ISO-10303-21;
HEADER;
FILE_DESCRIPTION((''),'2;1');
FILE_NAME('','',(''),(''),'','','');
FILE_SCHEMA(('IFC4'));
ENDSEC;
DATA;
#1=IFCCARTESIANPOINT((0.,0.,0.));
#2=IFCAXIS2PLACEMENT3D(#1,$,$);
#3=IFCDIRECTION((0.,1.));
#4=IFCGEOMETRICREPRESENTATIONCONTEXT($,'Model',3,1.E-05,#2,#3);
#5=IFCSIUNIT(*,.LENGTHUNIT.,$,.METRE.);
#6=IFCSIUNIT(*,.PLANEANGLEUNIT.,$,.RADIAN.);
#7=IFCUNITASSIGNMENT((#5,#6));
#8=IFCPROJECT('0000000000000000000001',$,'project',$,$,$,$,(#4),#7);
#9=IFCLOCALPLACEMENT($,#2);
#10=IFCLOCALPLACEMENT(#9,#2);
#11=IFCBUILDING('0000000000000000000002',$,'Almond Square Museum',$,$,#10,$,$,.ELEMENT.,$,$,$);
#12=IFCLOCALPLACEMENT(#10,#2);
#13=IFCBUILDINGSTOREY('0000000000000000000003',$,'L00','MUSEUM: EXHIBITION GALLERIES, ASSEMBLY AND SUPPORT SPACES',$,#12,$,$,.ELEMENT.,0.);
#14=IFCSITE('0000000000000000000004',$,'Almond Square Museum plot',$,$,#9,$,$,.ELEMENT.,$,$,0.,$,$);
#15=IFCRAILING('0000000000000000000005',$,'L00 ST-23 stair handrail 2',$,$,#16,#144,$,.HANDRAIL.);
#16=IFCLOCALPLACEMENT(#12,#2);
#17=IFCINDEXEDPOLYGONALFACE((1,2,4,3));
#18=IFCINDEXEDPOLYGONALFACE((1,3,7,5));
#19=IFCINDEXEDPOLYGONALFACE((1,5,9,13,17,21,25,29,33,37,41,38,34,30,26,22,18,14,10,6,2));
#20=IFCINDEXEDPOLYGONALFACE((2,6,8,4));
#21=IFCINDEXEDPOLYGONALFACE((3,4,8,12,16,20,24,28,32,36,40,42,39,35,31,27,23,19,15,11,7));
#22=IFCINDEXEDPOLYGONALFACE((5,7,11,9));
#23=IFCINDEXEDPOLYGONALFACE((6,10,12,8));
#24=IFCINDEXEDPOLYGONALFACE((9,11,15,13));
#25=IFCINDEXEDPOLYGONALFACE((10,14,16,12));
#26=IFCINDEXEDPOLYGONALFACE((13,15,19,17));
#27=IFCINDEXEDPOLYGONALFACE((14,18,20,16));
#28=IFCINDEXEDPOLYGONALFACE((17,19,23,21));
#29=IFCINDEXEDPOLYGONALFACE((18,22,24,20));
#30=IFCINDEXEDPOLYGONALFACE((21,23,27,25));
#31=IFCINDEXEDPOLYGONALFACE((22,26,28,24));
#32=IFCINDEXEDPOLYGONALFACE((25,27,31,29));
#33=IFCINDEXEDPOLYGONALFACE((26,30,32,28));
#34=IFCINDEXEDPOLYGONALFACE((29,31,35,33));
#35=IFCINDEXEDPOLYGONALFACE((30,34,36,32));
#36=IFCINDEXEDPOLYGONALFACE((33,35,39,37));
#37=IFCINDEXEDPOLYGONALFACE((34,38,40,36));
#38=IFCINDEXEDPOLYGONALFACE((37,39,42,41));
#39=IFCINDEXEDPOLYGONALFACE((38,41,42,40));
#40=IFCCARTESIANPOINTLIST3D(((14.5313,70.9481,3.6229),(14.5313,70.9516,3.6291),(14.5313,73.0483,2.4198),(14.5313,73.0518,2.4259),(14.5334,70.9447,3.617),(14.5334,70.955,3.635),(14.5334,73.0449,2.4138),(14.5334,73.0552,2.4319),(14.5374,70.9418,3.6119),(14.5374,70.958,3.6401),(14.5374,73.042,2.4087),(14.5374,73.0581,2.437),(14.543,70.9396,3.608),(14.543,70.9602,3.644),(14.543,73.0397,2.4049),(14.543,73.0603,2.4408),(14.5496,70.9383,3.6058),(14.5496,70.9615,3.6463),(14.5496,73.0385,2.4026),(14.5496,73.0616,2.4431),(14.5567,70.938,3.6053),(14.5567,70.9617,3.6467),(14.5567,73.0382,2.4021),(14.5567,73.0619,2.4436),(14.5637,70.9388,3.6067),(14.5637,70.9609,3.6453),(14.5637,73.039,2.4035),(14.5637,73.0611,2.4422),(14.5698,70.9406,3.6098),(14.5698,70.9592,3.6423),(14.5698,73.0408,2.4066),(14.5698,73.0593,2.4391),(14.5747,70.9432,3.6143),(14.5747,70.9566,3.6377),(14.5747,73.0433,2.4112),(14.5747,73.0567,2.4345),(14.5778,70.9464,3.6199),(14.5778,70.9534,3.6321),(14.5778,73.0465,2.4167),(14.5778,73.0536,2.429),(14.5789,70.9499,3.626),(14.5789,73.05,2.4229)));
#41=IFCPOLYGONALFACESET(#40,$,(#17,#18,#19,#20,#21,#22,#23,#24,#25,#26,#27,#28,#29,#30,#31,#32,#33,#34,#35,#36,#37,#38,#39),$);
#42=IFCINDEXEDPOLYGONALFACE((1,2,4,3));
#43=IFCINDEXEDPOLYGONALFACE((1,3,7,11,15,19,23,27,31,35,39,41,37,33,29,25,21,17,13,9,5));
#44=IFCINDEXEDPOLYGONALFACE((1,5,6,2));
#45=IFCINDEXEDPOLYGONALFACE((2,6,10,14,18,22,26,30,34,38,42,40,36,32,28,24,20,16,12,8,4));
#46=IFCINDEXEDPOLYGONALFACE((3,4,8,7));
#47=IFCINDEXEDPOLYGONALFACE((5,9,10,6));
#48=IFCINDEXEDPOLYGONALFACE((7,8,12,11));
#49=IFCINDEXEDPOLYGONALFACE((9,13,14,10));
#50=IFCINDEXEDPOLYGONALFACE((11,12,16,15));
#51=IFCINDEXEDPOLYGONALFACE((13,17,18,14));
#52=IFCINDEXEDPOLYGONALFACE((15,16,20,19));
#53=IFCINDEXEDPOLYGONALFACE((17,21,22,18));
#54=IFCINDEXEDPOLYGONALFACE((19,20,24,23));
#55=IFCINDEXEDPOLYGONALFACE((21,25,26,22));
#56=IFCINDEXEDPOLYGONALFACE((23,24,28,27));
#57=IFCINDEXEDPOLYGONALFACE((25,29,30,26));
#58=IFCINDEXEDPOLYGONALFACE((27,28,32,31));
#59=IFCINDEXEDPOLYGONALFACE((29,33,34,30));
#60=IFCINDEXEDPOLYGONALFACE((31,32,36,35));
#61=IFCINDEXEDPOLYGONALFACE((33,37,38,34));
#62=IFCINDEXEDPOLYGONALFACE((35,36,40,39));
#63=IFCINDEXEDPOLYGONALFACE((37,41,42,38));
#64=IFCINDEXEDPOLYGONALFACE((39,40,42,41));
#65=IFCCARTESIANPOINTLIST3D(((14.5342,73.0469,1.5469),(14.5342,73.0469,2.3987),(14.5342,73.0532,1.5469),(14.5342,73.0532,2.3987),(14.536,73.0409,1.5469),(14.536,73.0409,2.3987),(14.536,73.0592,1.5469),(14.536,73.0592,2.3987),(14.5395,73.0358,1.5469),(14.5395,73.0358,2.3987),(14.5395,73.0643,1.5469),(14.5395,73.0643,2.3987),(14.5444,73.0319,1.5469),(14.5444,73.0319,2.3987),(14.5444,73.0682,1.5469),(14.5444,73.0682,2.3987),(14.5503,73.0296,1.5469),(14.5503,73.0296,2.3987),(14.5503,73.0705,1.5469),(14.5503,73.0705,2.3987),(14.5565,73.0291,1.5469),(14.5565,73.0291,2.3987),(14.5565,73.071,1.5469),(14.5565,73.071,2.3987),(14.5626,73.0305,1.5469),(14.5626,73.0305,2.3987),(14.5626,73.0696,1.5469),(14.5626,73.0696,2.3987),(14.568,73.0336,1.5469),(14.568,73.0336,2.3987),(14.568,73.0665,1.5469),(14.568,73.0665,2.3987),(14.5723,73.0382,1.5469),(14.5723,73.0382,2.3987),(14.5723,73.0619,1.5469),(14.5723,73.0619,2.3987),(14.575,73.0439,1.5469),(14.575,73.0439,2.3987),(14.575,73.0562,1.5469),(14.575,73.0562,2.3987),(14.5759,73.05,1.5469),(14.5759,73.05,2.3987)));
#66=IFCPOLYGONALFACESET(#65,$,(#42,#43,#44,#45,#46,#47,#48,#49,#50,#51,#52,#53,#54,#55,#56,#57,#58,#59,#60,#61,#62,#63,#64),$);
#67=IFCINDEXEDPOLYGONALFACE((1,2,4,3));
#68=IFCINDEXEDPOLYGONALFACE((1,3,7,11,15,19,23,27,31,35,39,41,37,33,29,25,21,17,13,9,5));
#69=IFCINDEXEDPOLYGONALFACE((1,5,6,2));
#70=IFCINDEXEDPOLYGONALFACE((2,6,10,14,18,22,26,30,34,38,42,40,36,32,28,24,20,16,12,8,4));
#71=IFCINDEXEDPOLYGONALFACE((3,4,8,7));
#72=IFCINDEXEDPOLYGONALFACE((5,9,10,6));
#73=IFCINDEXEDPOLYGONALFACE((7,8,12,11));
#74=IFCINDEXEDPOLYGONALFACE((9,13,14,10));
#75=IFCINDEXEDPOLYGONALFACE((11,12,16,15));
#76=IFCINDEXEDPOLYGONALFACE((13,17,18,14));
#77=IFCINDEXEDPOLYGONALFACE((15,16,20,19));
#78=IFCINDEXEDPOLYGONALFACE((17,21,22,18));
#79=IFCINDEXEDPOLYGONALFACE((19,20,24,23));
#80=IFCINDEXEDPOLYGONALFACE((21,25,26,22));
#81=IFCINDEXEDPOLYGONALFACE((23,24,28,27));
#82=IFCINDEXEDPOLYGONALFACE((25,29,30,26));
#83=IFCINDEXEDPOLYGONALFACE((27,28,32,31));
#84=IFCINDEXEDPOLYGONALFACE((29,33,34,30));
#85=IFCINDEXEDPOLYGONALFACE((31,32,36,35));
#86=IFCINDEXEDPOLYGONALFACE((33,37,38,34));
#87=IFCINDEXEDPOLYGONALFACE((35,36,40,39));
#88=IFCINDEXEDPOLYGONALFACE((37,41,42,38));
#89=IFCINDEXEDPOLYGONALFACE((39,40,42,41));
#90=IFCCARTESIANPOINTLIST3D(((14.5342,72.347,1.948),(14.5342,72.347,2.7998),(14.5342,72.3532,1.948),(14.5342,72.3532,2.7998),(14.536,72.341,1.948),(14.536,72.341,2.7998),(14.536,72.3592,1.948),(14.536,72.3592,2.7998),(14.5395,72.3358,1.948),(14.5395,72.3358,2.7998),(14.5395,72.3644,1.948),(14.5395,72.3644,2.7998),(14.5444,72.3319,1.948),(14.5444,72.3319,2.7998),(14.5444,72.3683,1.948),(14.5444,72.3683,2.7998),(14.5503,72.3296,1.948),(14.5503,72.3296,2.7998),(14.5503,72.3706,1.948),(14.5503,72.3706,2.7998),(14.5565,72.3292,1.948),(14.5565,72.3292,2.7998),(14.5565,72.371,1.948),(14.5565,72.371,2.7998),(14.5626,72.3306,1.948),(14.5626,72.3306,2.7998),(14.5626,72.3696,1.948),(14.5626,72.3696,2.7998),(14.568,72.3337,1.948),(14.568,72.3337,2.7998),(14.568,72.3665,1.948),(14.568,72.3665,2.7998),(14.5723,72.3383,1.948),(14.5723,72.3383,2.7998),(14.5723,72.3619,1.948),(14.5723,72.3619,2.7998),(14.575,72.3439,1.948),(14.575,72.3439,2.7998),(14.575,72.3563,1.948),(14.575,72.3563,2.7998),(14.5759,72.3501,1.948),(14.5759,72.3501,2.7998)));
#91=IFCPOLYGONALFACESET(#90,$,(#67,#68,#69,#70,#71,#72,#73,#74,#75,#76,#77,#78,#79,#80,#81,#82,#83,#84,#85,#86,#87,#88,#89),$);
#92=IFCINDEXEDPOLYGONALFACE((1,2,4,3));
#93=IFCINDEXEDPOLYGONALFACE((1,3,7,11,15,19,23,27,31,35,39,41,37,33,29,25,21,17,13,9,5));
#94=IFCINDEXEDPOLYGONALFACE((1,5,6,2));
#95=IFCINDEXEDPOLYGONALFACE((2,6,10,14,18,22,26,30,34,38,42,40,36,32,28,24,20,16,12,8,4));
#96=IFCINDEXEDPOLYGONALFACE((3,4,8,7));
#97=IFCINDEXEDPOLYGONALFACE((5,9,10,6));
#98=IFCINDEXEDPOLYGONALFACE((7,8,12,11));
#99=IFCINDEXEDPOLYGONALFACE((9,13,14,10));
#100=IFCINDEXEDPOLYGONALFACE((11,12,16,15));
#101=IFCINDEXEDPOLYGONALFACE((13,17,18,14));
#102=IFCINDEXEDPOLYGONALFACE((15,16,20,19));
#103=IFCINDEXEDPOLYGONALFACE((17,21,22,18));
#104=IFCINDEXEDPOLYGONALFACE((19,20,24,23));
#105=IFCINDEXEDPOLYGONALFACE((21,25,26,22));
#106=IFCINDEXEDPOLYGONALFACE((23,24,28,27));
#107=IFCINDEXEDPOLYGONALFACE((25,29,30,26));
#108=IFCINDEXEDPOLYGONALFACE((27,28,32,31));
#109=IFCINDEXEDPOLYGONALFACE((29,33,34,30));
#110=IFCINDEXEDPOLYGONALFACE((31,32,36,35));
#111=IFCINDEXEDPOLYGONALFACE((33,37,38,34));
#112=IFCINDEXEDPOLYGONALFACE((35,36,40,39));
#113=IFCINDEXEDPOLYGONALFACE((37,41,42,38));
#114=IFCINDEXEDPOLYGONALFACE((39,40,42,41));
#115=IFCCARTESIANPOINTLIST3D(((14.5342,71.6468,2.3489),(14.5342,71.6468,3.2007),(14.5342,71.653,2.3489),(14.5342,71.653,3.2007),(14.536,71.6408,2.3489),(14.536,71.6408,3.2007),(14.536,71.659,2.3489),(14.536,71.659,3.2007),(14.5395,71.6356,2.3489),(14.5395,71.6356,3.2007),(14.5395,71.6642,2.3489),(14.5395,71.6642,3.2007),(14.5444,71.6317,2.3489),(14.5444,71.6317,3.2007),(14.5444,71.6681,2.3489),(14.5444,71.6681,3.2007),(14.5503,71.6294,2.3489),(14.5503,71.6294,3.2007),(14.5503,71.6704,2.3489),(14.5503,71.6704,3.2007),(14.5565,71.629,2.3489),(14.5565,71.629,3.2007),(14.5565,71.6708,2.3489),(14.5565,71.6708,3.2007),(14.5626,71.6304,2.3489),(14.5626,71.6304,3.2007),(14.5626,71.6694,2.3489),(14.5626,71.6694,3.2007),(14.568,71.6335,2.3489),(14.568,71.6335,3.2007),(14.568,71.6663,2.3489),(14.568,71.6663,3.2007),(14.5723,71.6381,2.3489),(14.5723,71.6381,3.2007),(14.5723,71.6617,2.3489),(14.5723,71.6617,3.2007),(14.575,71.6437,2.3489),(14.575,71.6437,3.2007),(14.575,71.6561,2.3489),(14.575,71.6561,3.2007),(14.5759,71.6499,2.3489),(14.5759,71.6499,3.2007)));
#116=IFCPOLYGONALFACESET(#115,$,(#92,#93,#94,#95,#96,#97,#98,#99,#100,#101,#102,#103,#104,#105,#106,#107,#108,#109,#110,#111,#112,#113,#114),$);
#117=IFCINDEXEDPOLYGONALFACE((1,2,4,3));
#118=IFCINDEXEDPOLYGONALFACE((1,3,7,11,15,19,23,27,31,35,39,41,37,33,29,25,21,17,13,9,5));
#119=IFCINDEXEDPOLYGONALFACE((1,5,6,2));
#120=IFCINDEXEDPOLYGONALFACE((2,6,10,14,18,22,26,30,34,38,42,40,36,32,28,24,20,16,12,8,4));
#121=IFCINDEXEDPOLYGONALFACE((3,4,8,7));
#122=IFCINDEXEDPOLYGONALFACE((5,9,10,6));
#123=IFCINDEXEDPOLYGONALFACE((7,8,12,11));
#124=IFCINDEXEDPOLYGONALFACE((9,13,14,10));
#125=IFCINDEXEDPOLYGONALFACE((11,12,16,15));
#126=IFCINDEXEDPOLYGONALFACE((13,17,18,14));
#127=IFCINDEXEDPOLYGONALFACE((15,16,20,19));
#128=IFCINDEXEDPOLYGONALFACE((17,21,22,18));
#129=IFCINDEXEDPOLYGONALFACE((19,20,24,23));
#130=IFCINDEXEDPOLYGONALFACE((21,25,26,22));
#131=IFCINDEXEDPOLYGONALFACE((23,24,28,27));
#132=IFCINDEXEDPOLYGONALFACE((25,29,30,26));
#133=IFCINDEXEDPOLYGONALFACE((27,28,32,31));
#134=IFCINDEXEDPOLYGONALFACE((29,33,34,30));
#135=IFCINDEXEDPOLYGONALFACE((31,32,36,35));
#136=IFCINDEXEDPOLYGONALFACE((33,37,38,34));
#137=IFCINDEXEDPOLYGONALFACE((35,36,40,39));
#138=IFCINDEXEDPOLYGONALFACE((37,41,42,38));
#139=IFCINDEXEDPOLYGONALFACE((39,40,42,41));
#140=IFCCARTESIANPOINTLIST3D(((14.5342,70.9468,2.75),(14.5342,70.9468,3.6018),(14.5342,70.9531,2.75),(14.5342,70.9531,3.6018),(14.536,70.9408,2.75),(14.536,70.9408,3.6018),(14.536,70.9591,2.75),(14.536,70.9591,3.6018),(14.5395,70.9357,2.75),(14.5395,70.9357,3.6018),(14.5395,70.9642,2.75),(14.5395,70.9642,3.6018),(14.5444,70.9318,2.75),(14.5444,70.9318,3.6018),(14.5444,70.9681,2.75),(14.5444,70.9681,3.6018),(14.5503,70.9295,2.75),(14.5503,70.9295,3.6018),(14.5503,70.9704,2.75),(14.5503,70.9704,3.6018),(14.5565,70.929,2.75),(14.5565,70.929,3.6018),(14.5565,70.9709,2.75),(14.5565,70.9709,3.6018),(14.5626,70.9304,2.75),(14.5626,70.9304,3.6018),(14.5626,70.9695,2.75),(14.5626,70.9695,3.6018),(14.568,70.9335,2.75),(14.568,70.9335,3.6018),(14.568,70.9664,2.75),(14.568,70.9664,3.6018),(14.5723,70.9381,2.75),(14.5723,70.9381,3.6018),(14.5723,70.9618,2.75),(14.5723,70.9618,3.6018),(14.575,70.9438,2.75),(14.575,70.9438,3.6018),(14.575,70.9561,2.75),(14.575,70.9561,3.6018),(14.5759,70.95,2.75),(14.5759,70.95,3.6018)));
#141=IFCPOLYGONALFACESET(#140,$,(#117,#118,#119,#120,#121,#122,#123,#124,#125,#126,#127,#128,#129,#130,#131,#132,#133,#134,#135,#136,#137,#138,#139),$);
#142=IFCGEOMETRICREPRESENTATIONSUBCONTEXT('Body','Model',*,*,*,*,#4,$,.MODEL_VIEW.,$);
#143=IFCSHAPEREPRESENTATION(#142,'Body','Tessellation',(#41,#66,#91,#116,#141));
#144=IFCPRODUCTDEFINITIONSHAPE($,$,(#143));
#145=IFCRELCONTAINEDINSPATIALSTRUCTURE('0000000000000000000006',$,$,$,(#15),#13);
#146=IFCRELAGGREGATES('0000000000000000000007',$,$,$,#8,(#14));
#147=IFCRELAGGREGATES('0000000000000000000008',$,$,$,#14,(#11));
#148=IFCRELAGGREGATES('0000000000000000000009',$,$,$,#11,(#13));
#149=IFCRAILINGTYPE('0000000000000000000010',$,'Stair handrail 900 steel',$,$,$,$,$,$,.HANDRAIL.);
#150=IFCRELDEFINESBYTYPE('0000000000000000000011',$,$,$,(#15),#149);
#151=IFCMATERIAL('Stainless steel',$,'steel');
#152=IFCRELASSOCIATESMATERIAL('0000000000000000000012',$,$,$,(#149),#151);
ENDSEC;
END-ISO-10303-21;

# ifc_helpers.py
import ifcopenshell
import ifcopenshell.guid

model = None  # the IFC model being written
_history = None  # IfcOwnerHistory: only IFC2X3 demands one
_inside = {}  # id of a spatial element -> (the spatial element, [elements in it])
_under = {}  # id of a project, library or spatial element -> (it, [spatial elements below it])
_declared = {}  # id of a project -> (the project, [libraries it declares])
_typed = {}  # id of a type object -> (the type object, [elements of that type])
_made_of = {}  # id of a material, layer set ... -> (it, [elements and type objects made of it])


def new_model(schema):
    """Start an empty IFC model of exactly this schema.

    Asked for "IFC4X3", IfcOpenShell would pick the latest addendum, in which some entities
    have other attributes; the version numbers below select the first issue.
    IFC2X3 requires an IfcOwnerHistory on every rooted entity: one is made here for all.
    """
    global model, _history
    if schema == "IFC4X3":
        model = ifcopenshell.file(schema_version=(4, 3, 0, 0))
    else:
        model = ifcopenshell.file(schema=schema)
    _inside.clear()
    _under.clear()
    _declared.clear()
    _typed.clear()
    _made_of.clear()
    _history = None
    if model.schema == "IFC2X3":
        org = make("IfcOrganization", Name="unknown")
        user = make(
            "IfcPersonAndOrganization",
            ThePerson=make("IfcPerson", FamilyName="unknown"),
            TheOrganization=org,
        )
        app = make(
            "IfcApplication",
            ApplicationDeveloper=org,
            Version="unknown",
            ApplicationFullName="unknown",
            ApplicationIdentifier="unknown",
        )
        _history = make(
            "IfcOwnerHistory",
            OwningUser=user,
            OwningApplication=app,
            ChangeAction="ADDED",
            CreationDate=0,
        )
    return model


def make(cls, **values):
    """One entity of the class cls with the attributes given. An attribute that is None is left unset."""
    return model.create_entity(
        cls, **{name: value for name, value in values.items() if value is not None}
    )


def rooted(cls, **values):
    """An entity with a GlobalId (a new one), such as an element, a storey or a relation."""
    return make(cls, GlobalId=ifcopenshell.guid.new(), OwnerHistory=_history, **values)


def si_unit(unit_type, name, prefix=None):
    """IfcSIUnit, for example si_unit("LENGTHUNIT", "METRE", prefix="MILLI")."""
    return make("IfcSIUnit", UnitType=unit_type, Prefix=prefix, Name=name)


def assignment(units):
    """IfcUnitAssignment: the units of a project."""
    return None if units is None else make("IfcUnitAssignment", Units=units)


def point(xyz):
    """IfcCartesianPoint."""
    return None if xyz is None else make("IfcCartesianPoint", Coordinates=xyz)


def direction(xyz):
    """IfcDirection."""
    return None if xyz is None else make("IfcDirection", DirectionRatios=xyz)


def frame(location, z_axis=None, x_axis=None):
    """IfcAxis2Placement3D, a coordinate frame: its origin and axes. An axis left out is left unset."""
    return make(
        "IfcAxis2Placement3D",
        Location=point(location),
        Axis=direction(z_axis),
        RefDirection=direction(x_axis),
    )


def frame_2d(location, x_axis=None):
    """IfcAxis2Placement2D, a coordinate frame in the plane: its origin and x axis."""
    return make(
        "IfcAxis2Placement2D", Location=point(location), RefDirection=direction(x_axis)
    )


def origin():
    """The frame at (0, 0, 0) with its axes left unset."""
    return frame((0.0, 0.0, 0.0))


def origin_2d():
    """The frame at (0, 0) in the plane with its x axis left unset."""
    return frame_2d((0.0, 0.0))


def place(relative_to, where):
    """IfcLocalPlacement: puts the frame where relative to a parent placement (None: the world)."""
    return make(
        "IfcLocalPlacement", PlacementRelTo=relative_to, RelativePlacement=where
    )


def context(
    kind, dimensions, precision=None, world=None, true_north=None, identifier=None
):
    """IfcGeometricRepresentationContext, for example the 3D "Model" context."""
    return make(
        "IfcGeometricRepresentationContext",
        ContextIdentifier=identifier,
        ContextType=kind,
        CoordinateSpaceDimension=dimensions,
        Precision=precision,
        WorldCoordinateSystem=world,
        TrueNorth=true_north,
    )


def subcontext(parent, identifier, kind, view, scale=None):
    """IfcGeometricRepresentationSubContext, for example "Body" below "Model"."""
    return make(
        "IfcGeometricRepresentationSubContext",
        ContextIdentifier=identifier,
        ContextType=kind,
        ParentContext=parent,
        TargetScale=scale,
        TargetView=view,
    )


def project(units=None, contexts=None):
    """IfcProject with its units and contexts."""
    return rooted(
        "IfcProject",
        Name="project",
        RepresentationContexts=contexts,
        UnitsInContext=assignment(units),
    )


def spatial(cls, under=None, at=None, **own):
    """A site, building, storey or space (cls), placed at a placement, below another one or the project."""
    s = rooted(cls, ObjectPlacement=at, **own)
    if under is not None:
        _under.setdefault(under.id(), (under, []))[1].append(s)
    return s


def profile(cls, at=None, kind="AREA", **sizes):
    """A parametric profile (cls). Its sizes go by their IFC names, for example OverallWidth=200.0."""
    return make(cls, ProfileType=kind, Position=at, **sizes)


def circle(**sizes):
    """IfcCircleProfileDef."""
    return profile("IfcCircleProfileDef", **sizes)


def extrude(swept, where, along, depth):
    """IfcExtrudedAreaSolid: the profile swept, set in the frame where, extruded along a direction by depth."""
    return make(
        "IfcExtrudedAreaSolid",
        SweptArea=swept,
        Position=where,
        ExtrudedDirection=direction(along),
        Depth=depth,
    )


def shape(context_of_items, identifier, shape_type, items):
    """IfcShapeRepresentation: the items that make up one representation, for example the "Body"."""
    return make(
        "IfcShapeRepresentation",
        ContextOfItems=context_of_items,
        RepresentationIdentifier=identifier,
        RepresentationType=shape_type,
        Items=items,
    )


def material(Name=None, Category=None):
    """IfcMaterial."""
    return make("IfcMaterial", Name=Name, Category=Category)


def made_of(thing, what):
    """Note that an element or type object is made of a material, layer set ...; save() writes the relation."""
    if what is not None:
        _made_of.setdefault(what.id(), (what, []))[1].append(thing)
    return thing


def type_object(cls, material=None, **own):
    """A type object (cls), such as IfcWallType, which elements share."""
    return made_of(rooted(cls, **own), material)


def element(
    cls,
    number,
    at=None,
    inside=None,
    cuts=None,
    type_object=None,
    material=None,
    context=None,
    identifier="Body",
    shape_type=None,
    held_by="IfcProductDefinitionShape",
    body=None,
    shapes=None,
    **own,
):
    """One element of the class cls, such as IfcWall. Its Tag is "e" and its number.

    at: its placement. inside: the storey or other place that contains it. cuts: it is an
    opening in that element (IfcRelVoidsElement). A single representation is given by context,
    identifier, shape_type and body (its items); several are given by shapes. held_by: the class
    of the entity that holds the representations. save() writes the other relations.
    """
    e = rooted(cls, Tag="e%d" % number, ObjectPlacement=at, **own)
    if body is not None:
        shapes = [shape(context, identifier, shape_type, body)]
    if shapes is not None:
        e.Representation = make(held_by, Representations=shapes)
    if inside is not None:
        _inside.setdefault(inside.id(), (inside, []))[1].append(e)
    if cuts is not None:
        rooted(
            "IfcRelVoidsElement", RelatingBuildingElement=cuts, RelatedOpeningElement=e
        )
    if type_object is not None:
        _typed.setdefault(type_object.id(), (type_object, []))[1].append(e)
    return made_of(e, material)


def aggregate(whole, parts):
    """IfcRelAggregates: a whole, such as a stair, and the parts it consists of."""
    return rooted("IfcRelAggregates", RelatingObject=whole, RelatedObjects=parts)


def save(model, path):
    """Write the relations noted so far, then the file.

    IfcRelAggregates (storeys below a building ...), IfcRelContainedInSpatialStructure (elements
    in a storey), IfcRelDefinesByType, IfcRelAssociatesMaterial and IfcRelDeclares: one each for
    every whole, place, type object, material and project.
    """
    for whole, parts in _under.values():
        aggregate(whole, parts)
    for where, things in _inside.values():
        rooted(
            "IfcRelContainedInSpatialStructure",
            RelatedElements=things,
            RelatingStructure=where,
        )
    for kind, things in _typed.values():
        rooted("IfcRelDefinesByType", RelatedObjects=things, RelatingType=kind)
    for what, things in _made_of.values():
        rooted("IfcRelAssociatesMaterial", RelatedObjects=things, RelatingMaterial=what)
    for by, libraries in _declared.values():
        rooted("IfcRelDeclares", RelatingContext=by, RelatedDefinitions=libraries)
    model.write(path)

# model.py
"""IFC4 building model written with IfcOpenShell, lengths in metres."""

from ifc_helpers import new_model, si_unit, direction, frame, origin, origin_2d, place, context, subcontext, project, spatial, circle, extrude, material, type_object, element, save


model = new_model("IFC4")

# Units and contexts
model_context = context("Model", 3, precision=1e-05, world=origin(), true_north=direction((0.0, 1.0)))
body_context = subcontext(model_context, "Body", "Model", "MODEL_VIEW")
ifc_project = project(units=[si_unit("LENGTHUNIT", "METRE"), si_unit("PLANEANGLEUNIT", "RADIAN")], contexts=[model_context])

# Site, building, storey
site_placement = place(None, origin())
site = spatial("IfcSite", under=ifc_project, at=site_placement, Name="Almond Square Museum plot", CompositionType="ELEMENT", RefElevation=0.0)
building_placement = place(site_placement, origin())
building = spatial("IfcBuilding", under=site, at=building_placement, Name="Almond Square Museum", CompositionType="ELEMENT")
storey_placement = place(building_placement, origin())
storey = spatial("IfcBuildingStorey", under=building, at=storey_placement, Name="L00", Description="MUSEUM: EXHIBITION GALLERIES, ASSEMBLY AND SUPPORT SPACES", CompositionType="ELEMENT", Elevation=0.0)

# Railing
ifc_material_1 = material(Name="Stainless steel", Category="steel")
railing_type_1 = type_object("IfcRailingType", Name="Stair handrail 900 steel", PredefinedType="HANDRAIL", material=ifc_material_1)
for number, where, name in (
    (1, (14.5549, 73.05, 1.5469), "L00 ST-23 stair handrail 2"),
):
    element("IfcRailing", number, at=place(storey_placement, frame(where)), inside=storey, type_object=railing_type_1, Name=name, PredefinedType="HANDRAIL", context=body_context, shape_type="SweptSolid", body=[
        extrude(circle(Radius=0.0239, at=origin_2d()), frame((0.0, 0.0, 0.876), z_axis=(0.0, -0.867696, 0.497095), x_axis=(1.0, 0.0, 0.0)), (0.0, 0.0, 1.0), 2.4204),
        extrude(circle(Radius=0.021, at=origin_2d()), origin(), (0.0, 0.0, 1.0), 0.8518),
        extrude(circle(Radius=0.021, at=origin_2d()), frame((0.0, -0.7, 0.4011)), (0.0, 0.0, 1.0), 0.8518),
        extrude(circle(Radius=0.021, at=origin_2d()), frame((0.0, -1.4001, 0.802)), (0.0, 0.0, 1.0), 0.8518),
        extrude(circle(Radius=0.021, at=origin_2d()), frame((0.0, -2.1001, 1.2031)), (0.0, 0.0, 1.0), 0.8518),
    ])

save(model, "model.ifc")
